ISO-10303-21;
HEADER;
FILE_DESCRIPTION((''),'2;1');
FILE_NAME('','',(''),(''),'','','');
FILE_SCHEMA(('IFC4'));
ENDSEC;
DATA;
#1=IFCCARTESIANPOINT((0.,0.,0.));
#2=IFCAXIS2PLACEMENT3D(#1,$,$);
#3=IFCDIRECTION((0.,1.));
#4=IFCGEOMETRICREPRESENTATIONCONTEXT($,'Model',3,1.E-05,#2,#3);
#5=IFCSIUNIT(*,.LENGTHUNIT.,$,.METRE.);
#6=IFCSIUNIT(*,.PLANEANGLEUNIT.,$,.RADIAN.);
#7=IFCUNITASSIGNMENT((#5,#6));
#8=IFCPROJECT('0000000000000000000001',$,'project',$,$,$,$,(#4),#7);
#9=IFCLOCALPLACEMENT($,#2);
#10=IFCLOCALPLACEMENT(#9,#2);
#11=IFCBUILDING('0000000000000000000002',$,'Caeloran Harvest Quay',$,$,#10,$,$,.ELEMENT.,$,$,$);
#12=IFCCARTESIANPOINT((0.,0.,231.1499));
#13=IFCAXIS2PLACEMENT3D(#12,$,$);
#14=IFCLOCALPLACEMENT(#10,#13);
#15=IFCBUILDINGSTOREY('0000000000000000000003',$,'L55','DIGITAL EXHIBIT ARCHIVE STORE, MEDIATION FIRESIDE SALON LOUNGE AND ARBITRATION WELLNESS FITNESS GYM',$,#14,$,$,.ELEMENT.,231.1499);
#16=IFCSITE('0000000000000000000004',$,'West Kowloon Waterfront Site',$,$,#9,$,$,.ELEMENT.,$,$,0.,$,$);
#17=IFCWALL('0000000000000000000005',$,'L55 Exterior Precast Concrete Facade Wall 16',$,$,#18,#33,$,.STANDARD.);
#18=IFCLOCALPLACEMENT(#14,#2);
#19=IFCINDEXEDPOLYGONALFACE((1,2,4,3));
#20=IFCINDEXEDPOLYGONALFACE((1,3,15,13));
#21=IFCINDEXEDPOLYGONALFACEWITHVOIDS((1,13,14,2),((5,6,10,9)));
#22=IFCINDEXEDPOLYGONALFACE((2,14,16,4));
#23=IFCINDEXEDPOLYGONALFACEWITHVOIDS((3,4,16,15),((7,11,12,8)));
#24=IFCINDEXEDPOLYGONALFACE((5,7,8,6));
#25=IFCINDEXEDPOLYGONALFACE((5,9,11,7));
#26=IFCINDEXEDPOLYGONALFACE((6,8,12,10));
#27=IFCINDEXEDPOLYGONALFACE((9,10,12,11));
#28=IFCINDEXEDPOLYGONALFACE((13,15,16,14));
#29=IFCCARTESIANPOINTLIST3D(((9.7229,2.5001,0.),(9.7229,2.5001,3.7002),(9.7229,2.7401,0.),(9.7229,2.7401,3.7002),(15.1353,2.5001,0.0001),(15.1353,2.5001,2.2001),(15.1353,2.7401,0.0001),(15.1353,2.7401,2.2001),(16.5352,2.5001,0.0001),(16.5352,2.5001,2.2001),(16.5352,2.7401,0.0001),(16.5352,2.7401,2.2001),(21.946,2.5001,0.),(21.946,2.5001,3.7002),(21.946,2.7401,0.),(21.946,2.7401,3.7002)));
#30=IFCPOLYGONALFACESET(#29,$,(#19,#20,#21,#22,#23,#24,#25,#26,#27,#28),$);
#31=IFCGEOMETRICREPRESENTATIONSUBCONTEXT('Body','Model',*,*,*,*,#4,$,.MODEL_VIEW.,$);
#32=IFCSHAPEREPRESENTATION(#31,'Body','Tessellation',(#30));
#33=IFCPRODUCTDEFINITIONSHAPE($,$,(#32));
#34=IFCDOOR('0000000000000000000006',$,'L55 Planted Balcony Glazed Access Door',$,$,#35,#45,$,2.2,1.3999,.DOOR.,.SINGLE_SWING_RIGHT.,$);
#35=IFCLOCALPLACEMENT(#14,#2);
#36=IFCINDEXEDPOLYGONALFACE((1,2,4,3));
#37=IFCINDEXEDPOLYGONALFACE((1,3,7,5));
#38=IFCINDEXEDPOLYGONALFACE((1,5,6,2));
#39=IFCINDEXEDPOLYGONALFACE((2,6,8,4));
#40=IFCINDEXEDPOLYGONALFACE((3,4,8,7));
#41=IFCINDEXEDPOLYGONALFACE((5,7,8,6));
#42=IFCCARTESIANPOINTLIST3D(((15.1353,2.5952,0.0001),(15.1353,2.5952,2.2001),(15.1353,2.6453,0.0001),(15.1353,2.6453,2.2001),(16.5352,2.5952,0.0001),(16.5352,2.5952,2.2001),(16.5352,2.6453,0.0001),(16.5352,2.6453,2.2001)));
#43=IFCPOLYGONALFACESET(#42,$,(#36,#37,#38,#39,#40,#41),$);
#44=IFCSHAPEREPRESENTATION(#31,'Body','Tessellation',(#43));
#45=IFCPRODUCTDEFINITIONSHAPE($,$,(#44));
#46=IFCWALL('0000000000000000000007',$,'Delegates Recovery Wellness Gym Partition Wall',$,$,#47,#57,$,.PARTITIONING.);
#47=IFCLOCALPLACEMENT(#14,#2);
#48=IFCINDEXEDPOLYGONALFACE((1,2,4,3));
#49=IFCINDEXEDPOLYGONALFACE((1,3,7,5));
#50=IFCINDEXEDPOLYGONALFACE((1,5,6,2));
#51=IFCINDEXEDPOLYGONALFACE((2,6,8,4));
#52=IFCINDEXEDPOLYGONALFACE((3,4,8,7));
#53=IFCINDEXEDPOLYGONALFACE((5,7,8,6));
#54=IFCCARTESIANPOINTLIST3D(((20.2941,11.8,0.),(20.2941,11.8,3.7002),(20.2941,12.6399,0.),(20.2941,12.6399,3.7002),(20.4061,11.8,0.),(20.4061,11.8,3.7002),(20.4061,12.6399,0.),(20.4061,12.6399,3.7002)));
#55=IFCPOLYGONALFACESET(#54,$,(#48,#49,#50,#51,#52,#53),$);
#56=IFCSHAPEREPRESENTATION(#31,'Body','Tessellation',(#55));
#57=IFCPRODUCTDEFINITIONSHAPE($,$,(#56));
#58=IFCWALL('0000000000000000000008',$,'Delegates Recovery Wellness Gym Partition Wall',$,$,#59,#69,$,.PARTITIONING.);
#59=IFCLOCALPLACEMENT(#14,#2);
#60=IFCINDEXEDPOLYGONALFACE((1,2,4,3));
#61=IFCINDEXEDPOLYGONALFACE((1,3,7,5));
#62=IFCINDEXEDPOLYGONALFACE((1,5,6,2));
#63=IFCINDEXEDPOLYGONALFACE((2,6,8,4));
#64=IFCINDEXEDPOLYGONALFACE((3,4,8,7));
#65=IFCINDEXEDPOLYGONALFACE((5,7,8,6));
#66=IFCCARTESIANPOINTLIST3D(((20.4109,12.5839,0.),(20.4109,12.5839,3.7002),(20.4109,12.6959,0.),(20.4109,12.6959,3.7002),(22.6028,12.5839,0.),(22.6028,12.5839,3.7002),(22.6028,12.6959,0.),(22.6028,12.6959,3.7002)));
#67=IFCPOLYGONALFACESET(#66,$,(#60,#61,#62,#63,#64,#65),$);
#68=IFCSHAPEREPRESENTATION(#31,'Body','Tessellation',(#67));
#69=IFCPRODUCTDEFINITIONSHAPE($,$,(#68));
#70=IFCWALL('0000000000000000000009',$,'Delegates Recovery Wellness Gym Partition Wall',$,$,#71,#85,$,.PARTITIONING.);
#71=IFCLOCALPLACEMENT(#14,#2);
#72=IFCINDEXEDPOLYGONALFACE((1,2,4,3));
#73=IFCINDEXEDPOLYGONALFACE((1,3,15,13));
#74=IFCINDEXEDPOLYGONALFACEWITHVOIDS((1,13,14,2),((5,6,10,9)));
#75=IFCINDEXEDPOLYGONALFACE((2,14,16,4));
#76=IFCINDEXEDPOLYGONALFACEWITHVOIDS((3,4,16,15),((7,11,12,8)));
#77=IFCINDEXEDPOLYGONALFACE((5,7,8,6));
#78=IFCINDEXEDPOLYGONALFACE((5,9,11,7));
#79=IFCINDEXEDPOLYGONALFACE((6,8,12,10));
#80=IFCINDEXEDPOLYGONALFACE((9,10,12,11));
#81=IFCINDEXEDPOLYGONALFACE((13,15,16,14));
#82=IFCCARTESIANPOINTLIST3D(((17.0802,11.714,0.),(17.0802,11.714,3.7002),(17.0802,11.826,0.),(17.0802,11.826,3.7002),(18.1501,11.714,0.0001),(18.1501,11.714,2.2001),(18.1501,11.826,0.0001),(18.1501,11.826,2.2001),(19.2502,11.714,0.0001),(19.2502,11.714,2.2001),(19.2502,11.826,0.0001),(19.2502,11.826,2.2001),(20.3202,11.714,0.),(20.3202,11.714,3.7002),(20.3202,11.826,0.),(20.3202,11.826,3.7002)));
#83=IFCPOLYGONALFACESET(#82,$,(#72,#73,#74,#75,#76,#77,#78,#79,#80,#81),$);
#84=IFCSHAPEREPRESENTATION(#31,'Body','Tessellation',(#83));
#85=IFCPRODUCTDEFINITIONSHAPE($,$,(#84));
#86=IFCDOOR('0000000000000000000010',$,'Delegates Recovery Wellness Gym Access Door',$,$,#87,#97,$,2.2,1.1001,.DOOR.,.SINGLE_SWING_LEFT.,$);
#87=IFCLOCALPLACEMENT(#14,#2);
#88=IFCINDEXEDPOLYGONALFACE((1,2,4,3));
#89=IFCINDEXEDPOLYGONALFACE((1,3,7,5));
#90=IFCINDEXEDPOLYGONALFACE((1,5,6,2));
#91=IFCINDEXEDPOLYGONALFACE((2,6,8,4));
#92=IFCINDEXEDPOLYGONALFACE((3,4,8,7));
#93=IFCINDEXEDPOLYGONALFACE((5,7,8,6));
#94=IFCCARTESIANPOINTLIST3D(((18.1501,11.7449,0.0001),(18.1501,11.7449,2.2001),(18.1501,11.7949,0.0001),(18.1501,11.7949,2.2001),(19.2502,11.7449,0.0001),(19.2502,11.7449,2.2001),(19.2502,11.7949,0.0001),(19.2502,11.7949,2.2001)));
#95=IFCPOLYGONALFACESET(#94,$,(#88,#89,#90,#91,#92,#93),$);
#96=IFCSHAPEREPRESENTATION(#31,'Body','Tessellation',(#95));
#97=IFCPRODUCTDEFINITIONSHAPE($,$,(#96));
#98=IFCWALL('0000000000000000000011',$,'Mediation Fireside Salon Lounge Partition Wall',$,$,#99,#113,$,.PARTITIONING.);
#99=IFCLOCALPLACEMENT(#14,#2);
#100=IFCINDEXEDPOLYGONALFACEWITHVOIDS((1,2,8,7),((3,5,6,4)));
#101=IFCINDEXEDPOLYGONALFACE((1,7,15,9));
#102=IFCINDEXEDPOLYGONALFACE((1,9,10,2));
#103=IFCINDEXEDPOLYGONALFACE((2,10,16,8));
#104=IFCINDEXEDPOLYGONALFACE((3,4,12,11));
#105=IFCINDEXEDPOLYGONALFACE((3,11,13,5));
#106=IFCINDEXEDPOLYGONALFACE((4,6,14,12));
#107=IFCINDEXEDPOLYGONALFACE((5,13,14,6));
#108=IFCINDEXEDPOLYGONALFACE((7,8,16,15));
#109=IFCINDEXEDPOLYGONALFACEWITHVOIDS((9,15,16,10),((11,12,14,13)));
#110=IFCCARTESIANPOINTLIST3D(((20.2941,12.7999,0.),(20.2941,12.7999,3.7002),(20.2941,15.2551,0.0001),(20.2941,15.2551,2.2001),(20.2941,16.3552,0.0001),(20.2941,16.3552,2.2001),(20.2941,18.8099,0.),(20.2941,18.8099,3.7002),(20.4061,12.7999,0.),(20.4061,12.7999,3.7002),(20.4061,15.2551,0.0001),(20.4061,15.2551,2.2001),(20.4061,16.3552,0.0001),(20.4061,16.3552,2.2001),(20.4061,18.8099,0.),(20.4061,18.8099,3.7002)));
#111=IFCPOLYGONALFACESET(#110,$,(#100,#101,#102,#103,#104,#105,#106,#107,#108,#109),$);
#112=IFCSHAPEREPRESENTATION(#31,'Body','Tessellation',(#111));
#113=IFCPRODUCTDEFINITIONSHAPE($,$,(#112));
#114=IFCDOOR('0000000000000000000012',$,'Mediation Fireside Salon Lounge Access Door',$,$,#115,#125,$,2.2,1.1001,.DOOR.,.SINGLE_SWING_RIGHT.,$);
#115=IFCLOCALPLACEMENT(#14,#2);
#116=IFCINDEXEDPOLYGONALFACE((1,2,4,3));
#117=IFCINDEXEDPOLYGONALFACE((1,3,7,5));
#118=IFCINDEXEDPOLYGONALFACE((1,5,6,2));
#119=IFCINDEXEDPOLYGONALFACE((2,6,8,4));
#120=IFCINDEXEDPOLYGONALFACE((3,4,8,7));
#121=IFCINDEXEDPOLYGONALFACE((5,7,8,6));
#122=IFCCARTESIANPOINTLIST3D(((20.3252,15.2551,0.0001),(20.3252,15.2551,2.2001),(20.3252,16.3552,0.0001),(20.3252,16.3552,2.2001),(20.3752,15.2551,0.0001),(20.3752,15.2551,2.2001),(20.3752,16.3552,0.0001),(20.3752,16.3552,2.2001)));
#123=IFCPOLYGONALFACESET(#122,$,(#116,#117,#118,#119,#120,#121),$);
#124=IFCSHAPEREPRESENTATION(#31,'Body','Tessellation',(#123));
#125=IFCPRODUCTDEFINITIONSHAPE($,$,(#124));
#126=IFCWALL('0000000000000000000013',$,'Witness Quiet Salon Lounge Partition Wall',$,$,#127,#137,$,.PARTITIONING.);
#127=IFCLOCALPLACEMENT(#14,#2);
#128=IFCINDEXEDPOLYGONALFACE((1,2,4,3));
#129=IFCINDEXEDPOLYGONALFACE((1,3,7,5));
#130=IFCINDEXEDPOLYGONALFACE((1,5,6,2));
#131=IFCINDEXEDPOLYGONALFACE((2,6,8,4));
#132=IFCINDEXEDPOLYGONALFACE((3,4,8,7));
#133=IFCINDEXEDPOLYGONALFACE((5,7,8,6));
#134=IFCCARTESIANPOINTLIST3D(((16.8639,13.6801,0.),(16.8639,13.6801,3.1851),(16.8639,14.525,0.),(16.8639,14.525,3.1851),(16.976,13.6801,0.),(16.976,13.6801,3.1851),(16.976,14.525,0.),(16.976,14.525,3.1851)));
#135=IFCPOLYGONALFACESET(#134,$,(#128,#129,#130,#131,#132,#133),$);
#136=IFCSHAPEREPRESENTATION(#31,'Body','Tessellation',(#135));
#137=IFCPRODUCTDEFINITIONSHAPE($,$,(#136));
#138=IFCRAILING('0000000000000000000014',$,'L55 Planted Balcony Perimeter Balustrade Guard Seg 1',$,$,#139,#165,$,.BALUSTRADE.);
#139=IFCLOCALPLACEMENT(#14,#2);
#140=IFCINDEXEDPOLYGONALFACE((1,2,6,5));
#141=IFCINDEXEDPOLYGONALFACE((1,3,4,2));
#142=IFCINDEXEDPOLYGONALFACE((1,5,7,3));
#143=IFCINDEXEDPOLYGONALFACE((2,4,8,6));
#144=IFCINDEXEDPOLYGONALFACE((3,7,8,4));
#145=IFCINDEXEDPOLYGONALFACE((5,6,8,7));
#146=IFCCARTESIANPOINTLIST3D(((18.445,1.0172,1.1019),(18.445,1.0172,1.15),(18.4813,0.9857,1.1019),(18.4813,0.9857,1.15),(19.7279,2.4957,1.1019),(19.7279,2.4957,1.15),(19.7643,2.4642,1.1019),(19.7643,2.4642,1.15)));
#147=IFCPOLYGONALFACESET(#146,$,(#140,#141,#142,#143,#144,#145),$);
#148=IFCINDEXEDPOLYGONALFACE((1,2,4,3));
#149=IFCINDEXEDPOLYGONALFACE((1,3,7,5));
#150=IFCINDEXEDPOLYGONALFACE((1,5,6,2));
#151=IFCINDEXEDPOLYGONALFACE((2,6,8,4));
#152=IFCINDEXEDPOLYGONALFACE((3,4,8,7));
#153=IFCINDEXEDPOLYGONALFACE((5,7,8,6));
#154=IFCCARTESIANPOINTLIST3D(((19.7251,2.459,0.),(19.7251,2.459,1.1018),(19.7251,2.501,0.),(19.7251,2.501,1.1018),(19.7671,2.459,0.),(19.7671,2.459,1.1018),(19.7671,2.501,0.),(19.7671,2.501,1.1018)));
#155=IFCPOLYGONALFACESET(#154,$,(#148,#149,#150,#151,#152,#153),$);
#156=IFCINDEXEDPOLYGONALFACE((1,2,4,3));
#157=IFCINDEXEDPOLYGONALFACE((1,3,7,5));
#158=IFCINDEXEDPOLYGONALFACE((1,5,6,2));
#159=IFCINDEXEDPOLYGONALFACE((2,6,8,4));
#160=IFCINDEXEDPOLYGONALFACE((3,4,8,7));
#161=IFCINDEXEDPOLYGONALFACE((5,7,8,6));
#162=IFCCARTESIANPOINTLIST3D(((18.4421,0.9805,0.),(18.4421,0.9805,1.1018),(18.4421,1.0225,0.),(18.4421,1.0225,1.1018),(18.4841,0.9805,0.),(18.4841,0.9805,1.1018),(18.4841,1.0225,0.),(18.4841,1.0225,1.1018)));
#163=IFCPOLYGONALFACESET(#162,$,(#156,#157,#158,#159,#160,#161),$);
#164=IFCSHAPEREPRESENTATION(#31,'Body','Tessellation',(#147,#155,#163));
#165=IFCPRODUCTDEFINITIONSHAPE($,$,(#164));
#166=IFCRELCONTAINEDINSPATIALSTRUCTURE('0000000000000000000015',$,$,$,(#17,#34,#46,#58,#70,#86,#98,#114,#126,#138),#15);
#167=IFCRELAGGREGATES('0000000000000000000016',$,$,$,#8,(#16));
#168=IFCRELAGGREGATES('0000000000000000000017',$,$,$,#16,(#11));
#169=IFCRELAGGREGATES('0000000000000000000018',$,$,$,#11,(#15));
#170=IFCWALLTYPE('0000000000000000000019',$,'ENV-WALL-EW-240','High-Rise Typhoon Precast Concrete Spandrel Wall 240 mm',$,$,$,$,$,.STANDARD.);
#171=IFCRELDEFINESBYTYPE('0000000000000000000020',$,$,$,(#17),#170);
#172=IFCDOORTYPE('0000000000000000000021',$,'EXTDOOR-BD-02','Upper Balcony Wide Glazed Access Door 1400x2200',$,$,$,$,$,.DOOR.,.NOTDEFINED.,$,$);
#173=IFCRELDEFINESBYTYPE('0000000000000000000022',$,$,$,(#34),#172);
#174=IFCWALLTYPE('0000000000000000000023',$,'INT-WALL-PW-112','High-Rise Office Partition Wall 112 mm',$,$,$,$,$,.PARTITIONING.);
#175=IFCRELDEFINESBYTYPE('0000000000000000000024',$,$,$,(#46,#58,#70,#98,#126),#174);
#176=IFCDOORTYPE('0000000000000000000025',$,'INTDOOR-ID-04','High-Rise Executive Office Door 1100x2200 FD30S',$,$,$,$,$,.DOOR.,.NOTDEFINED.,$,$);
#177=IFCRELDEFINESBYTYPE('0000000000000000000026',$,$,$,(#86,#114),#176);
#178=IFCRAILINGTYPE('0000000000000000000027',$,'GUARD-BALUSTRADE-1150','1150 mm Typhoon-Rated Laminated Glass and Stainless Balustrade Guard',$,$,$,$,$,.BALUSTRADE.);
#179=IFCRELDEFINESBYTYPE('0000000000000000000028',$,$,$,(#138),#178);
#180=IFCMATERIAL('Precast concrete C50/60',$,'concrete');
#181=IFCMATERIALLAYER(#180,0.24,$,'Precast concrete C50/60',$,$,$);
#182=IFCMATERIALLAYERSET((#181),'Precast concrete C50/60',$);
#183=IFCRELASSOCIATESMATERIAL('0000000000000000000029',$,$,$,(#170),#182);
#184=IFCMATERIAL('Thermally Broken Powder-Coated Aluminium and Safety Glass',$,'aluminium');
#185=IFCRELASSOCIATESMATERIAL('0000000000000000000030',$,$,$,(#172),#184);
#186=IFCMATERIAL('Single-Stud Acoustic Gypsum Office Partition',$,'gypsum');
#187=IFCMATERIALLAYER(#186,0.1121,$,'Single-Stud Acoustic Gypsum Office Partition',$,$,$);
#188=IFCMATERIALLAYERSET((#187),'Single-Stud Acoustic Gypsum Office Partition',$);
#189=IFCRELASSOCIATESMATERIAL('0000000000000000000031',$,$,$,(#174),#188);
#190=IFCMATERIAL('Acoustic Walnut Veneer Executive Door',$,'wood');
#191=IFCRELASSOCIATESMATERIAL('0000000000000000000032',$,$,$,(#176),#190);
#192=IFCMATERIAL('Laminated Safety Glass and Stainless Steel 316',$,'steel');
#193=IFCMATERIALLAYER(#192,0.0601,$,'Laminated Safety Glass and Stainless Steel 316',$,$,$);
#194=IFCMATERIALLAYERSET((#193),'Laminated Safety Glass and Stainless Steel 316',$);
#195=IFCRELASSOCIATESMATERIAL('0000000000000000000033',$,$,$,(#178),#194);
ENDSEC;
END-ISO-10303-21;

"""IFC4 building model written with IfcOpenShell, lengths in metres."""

from ifc_helpers import new_model, si_unit, direction, frame, frame_2d, origin, origin_2d, place, context, subcontext, project, spatial, rectangle, extrude, material, layer, layer_set, type_object, element, fill, save


model = new_model("IFC4")

# Units and contexts
model_context = context("Model", 3, precision=1e-05, world=origin(), true_north=direction((0.0, 1.0)))
body_context = subcontext(model_context, "Body", "Model", "MODEL_VIEW")
ifc_project = project(units=[si_unit("LENGTHUNIT", "METRE"), si_unit("PLANEANGLEUNIT", "RADIAN")], contexts=[model_context])

# Site, building, storey
site_placement = place(None, origin())
site = spatial("IfcSite", under=ifc_project, at=site_placement, Name="West Kowloon Waterfront Site", CompositionType="ELEMENT", RefElevation=0.0)
building_placement = place(site_placement, origin())
building = spatial("IfcBuilding", under=site, at=building_placement, Name="Caeloran Harvest Quay", CompositionType="ELEMENT")
storey_placement = place(building_placement, frame((0.0, 0.0, 231.1499)))
storey = spatial("IfcBuildingStorey", under=building, at=storey_placement, Name="L55", Description="DIGITAL EXHIBIT ARCHIVE STORE, MEDIATION FIRESIDE SALON LOUNGE AND ARBITRATION WELLNESS FITNESS GYM", CompositionType="ELEMENT", Elevation=231.1499)

# Shared definitions
ifc_material_1 = material(Name="Precast concrete C50/60", Category="concrete")

# Shared definitions
ifc_layer_1 = layer(ifc_material_1, 0.24, Name="Precast concrete C50/60")
ifc_layer_set_1 = layer_set([ifc_layer_1], Name="Precast concrete C50/60")
wall_type_1 = type_object("IfcWallType", Name="ENV-WALL-EW-240", Description="High-Rise Typhoon Precast Concrete Spandrel Wall 240 mm", PredefinedType="STANDARD", material=ifc_layer_set_1)

# Wall, opening, door
wall_1_placement = place(storey_placement, frame((21.946, 2.6201, 0.0), z_axis=(0.0, 0.0, 1.0), x_axis=(-1.0, 0.0, 0.0)))
wall_1 = element("IfcWall", 1, at=wall_1_placement, inside=storey, type_object=wall_type_1, Name="L55 Exterior Precast Concrete Facade Wall 16", PredefinedType="STANDARD", context=body_context, shape_type="SweptSolid", body=[
    extrude(rectangle(XDim=12.2231, YDim=0.24, at=frame_2d((6.1116, 0.0))), origin(), (0.0, 0.0, 1.0), 3.7002),
])
opening_1_placement = place(wall_1_placement, frame((5.4109, 0.0, 0.0)))
opening_1 = element("IfcOpeningElement", 2, at=opening_1_placement, cuts=wall_1, PredefinedType="OPENING", context=body_context, shape_type="SweptSolid", body=[
    extrude(rectangle(XDim=1.3999, YDim=2.2, at=frame_2d((0.7, 1.1001))), frame((0.0, 0.1299, 0.0), z_axis=(0.0, -1.0, 0.0), x_axis=(1.0, 0.0, 0.0)), (0.0, 0.0, 1.0), 0.26),
])
ifc_material_2 = material(Name="Thermally Broken Powder-Coated Aluminium and Safety Glass", Category="aluminium")
door_type_1 = type_object("IfcDoorType", Name="EXTDOOR-BD-02", Description="Upper Balcony Wide Glazed Access Door 1400x2200", OperationType="NOTDEFINED", PredefinedType="DOOR", material=ifc_material_2)
door_1_placement = place(opening_1_placement, origin())
door_1 = element("IfcDoor", 3, at=door_1_placement, inside=storey, type_object=door_type_1, Name="L55 Planted Balcony Glazed Access Door", OperationType="SINGLE_SWING_RIGHT", OverallHeight=2.2, OverallWidth=1.3999, PredefinedType="DOOR", context=body_context, shape_type="SweptSolid", body=[
    extrude(rectangle(XDim=1.3999, YDim=2.2, at=frame_2d((0.7, 1.1001))), frame((0.0, 0.0249, 0.0), z_axis=(0.0, -1.0, 0.0), x_axis=(1.0, 0.0, 0.0)), (0.0, 0.0, 1.0), 0.05),
])
fill(opening_1, door_1)

# Walls
ifc_material_3 = material(Name="Single-Stud Acoustic Gypsum Office Partition", Category="gypsum")
ifc_layer_2 = layer(ifc_material_3, 0.1121, Name="Single-Stud Acoustic Gypsum Office Partition")
ifc_layer_set_2 = layer_set([ifc_layer_2], Name="Single-Stud Acoustic Gypsum Office Partition")
wall_type_2 = type_object("IfcWallType", Name="INT-WALL-PW-112", Description="High-Rise Office Partition Wall 112 mm", PredefinedType="PARTITIONING", material=ifc_layer_set_2)
wall_2_placement = place(storey_placement, frame((20.3501, 11.8, 0.0), z_axis=(0.0, 0.0, 1.0), x_axis=(0.0, 1.0, 0.0)))
element("IfcWall", 4, at=wall_2_placement, inside=storey, type_object=wall_type_2, Name="Delegates Recovery Wellness Gym Partition Wall", PredefinedType="PARTITIONING", context=body_context, shape_type="SweptSolid", body=[
    extrude(rectangle(XDim=0.8398, YDim=0.1121, at=frame_2d((0.4199, 0.0))), origin(), (0.0, 0.0, 1.0), 3.7002),
])
wall_3_placement = place(storey_placement, frame((20.4109, 12.6399, 0.0), z_axis=(0.0, 0.0, 1.0), x_axis=(1.0, 0.0, 0.0)))
element("IfcWall", 5, at=wall_3_placement, inside=storey, type_object=wall_type_2, Name="Delegates Recovery Wellness Gym Partition Wall", PredefinedType="PARTITIONING", context=body_context, shape_type="SweptSolid", body=[
    extrude(rectangle(XDim=2.1919, YDim=0.1121, at=frame_2d((1.0959, 0.0))), origin(), (0.0, 0.0, 1.0), 3.7002),
])

# Walls, openings, doors
wall_4_placement = place(storey_placement, frame((17.0801, 11.77, 0.0), z_axis=(0.0, 0.0, 1.0), x_axis=(1.0, 0.0, 0.0)))
wall_4 = element("IfcWall", 6, at=wall_4_placement, inside=storey, type_object=wall_type_2, Name="Delegates Recovery Wellness Gym Partition Wall", PredefinedType="PARTITIONING", context=body_context, shape_type="SweptSolid", body=[
    extrude(rectangle(XDim=3.24, YDim=0.1121, at=frame_2d((1.6201, 0.0))), origin(), (0.0, 0.0, 1.0), 3.7002),
])
opening_2_placement = place(wall_4_placement, frame((1.0701, 0.0, 0.0)))
opening_2 = element("IfcOpeningElement", 7, at=opening_2_placement, cuts=wall_4, PredefinedType="OPENING", context=body_context, shape_type="SweptSolid", body=[
    extrude(rectangle(XDim=1.1001, YDim=2.2, at=frame_2d((0.55, 1.1001))), frame((0.0, 0.0659, 0.0), z_axis=(0.0, -1.0, 0.0), x_axis=(1.0, 0.0, 0.0)), (0.0, 0.0, 1.0), 0.1321),
])
ifc_material_4 = material(Name="Acoustic Walnut Veneer Executive Door", Category="wood")
door_type_2 = type_object("IfcDoorType", Name="INTDOOR-ID-04", Description="High-Rise Executive Office Door 1100x2200 FD30S", OperationType="NOTDEFINED", PredefinedType="DOOR", material=ifc_material_4)
door_2_placement = place(opening_2_placement, origin())
door_2 = element("IfcDoor", 8, at=door_2_placement, inside=storey, type_object=door_type_2, Name="Delegates Recovery Wellness Gym Access Door", OperationType="SINGLE_SWING_LEFT", OverallHeight=2.2, OverallWidth=1.1001, PredefinedType="DOOR", context=body_context, shape_type="SweptSolid", body=[
    extrude(rectangle(XDim=1.1001, YDim=2.2, at=frame_2d((0.55, 1.1001))), frame((0.0, 0.0249, 0.0), z_axis=(0.0, -1.0, 0.0), x_axis=(1.0, 0.0, 0.0)), (0.0, 0.0, 1.0), 0.05),
])
fill(opening_2, door_2)
wall_5_placement = place(storey_placement, frame((20.3501, 12.8, 0.0), z_axis=(0.0, 0.0, 1.0), x_axis=(0.0, 1.0, 0.0)))
wall_5 = element("IfcWall", 9, at=wall_5_placement, inside=storey, type_object=wall_type_2, Name="Mediation Fireside Salon Lounge Partition Wall", PredefinedType="PARTITIONING", context=body_context, shape_type="SweptSolid", body=[
    extrude(rectangle(XDim=6.01, YDim=0.1121, at=frame_2d((3.0049, 0.0))), origin(), (0.0, 0.0, 1.0), 3.7002),
])
opening_3_placement = place(wall_5_placement, frame((2.4551, 0.0, 0.0)))
opening_3 = element("IfcOpeningElement", 10, at=opening_3_placement, cuts=wall_5, PredefinedType="OPENING", context=body_context, shape_type="SweptSolid", body=[
    extrude(rectangle(XDim=1.1001, YDim=2.2, at=frame_2d((0.55, 1.1001))), frame((0.0, 0.0659, 0.0), z_axis=(0.0, -1.0, 0.0), x_axis=(1.0, 0.0, 0.0)), (0.0, 0.0, 1.0), 0.1321),
])
door_3_placement = place(opening_3_placement, origin())
door_3 = element("IfcDoor", 11, at=door_3_placement, inside=storey, type_object=door_type_2, Name="Mediation Fireside Salon Lounge Access Door", OperationType="SINGLE_SWING_RIGHT", OverallHeight=2.2, OverallWidth=1.1001, PredefinedType="DOOR", context=body_context, shape_type="SweptSolid", body=[
    extrude(rectangle(XDim=1.1001, YDim=2.2, at=frame_2d((0.55, 1.1001))), frame((0.0, 0.0249, 0.0), z_axis=(0.0, -1.0, 0.0), x_axis=(1.0, 0.0, 0.0)), (0.0, 0.0, 1.0), 0.05),
])
fill(opening_3, door_3)

# Wall
wall_6_placement = place(storey_placement, frame((16.9199, 14.5249, 0.0), z_axis=(0.0, 0.0, 1.0), x_axis=(0.0, -1.0, 0.0)))
element("IfcWall", 12, at=wall_6_placement, inside=storey, type_object=wall_type_2, Name="Witness Quiet Salon Lounge Partition Wall", PredefinedType="PARTITIONING", context=body_context, shape_type="SweptSolid", body=[
    extrude(rectangle(XDim=0.845, YDim=0.1121, at=frame_2d((0.4224, 0.0))), origin(), (0.0, 0.0, 1.0), 3.1851),
])

# Railing
ifc_material_5 = material(Name="Laminated Safety Glass and Stainless Steel 316", Category="steel")
ifc_layer_3 = layer(ifc_material_5, 0.0601, Name="Laminated Safety Glass and Stainless Steel 316")
ifc_layer_set_3 = layer_set([ifc_layer_3], Name="Laminated Safety Glass and Stainless Steel 316")
railing_type = type_object("IfcRailingType", Name="GUARD-BALUSTRADE-1150", Description="1150 mm Typhoon-Rated Laminated Glass and Stainless Balustrade Guard", PredefinedType="BALUSTRADE", material=ifc_layer_set_3)
railing_1_placement = place(storey_placement, frame((19.7461, 2.48, 0.0)))
element("IfcRailing", 13, at=railing_1_placement, inside=storey, type_object=railing_type, Name="L55 Planted Balcony Perimeter Balustrade Guard Seg 1", PredefinedType="BALUSTRADE", context=body_context, shape_type="SweptSolid", body=[
    extrude(rectangle(XDim=0.0481, YDim=0.0481, at=origin_2d()), frame((0.0, 0.0, 1.126), z_axis=(-0.655391, -0.75529, 0.0), x_axis=(0.75529, -0.655391, 0.0)), (0.0, 0.0, 1.0), 1.9575),
    extrude(rectangle(XDim=0.042, YDim=0.042, at=origin_2d()), origin(), (0.0, 0.0, 1.0), 1.1018),
    extrude(rectangle(XDim=0.042, YDim=0.042, at=origin_2d()), frame((-1.283, -1.4785, 0.0)), (0.0, 0.0, 1.0), 1.1018),
])

save(model, "model.ifc")
